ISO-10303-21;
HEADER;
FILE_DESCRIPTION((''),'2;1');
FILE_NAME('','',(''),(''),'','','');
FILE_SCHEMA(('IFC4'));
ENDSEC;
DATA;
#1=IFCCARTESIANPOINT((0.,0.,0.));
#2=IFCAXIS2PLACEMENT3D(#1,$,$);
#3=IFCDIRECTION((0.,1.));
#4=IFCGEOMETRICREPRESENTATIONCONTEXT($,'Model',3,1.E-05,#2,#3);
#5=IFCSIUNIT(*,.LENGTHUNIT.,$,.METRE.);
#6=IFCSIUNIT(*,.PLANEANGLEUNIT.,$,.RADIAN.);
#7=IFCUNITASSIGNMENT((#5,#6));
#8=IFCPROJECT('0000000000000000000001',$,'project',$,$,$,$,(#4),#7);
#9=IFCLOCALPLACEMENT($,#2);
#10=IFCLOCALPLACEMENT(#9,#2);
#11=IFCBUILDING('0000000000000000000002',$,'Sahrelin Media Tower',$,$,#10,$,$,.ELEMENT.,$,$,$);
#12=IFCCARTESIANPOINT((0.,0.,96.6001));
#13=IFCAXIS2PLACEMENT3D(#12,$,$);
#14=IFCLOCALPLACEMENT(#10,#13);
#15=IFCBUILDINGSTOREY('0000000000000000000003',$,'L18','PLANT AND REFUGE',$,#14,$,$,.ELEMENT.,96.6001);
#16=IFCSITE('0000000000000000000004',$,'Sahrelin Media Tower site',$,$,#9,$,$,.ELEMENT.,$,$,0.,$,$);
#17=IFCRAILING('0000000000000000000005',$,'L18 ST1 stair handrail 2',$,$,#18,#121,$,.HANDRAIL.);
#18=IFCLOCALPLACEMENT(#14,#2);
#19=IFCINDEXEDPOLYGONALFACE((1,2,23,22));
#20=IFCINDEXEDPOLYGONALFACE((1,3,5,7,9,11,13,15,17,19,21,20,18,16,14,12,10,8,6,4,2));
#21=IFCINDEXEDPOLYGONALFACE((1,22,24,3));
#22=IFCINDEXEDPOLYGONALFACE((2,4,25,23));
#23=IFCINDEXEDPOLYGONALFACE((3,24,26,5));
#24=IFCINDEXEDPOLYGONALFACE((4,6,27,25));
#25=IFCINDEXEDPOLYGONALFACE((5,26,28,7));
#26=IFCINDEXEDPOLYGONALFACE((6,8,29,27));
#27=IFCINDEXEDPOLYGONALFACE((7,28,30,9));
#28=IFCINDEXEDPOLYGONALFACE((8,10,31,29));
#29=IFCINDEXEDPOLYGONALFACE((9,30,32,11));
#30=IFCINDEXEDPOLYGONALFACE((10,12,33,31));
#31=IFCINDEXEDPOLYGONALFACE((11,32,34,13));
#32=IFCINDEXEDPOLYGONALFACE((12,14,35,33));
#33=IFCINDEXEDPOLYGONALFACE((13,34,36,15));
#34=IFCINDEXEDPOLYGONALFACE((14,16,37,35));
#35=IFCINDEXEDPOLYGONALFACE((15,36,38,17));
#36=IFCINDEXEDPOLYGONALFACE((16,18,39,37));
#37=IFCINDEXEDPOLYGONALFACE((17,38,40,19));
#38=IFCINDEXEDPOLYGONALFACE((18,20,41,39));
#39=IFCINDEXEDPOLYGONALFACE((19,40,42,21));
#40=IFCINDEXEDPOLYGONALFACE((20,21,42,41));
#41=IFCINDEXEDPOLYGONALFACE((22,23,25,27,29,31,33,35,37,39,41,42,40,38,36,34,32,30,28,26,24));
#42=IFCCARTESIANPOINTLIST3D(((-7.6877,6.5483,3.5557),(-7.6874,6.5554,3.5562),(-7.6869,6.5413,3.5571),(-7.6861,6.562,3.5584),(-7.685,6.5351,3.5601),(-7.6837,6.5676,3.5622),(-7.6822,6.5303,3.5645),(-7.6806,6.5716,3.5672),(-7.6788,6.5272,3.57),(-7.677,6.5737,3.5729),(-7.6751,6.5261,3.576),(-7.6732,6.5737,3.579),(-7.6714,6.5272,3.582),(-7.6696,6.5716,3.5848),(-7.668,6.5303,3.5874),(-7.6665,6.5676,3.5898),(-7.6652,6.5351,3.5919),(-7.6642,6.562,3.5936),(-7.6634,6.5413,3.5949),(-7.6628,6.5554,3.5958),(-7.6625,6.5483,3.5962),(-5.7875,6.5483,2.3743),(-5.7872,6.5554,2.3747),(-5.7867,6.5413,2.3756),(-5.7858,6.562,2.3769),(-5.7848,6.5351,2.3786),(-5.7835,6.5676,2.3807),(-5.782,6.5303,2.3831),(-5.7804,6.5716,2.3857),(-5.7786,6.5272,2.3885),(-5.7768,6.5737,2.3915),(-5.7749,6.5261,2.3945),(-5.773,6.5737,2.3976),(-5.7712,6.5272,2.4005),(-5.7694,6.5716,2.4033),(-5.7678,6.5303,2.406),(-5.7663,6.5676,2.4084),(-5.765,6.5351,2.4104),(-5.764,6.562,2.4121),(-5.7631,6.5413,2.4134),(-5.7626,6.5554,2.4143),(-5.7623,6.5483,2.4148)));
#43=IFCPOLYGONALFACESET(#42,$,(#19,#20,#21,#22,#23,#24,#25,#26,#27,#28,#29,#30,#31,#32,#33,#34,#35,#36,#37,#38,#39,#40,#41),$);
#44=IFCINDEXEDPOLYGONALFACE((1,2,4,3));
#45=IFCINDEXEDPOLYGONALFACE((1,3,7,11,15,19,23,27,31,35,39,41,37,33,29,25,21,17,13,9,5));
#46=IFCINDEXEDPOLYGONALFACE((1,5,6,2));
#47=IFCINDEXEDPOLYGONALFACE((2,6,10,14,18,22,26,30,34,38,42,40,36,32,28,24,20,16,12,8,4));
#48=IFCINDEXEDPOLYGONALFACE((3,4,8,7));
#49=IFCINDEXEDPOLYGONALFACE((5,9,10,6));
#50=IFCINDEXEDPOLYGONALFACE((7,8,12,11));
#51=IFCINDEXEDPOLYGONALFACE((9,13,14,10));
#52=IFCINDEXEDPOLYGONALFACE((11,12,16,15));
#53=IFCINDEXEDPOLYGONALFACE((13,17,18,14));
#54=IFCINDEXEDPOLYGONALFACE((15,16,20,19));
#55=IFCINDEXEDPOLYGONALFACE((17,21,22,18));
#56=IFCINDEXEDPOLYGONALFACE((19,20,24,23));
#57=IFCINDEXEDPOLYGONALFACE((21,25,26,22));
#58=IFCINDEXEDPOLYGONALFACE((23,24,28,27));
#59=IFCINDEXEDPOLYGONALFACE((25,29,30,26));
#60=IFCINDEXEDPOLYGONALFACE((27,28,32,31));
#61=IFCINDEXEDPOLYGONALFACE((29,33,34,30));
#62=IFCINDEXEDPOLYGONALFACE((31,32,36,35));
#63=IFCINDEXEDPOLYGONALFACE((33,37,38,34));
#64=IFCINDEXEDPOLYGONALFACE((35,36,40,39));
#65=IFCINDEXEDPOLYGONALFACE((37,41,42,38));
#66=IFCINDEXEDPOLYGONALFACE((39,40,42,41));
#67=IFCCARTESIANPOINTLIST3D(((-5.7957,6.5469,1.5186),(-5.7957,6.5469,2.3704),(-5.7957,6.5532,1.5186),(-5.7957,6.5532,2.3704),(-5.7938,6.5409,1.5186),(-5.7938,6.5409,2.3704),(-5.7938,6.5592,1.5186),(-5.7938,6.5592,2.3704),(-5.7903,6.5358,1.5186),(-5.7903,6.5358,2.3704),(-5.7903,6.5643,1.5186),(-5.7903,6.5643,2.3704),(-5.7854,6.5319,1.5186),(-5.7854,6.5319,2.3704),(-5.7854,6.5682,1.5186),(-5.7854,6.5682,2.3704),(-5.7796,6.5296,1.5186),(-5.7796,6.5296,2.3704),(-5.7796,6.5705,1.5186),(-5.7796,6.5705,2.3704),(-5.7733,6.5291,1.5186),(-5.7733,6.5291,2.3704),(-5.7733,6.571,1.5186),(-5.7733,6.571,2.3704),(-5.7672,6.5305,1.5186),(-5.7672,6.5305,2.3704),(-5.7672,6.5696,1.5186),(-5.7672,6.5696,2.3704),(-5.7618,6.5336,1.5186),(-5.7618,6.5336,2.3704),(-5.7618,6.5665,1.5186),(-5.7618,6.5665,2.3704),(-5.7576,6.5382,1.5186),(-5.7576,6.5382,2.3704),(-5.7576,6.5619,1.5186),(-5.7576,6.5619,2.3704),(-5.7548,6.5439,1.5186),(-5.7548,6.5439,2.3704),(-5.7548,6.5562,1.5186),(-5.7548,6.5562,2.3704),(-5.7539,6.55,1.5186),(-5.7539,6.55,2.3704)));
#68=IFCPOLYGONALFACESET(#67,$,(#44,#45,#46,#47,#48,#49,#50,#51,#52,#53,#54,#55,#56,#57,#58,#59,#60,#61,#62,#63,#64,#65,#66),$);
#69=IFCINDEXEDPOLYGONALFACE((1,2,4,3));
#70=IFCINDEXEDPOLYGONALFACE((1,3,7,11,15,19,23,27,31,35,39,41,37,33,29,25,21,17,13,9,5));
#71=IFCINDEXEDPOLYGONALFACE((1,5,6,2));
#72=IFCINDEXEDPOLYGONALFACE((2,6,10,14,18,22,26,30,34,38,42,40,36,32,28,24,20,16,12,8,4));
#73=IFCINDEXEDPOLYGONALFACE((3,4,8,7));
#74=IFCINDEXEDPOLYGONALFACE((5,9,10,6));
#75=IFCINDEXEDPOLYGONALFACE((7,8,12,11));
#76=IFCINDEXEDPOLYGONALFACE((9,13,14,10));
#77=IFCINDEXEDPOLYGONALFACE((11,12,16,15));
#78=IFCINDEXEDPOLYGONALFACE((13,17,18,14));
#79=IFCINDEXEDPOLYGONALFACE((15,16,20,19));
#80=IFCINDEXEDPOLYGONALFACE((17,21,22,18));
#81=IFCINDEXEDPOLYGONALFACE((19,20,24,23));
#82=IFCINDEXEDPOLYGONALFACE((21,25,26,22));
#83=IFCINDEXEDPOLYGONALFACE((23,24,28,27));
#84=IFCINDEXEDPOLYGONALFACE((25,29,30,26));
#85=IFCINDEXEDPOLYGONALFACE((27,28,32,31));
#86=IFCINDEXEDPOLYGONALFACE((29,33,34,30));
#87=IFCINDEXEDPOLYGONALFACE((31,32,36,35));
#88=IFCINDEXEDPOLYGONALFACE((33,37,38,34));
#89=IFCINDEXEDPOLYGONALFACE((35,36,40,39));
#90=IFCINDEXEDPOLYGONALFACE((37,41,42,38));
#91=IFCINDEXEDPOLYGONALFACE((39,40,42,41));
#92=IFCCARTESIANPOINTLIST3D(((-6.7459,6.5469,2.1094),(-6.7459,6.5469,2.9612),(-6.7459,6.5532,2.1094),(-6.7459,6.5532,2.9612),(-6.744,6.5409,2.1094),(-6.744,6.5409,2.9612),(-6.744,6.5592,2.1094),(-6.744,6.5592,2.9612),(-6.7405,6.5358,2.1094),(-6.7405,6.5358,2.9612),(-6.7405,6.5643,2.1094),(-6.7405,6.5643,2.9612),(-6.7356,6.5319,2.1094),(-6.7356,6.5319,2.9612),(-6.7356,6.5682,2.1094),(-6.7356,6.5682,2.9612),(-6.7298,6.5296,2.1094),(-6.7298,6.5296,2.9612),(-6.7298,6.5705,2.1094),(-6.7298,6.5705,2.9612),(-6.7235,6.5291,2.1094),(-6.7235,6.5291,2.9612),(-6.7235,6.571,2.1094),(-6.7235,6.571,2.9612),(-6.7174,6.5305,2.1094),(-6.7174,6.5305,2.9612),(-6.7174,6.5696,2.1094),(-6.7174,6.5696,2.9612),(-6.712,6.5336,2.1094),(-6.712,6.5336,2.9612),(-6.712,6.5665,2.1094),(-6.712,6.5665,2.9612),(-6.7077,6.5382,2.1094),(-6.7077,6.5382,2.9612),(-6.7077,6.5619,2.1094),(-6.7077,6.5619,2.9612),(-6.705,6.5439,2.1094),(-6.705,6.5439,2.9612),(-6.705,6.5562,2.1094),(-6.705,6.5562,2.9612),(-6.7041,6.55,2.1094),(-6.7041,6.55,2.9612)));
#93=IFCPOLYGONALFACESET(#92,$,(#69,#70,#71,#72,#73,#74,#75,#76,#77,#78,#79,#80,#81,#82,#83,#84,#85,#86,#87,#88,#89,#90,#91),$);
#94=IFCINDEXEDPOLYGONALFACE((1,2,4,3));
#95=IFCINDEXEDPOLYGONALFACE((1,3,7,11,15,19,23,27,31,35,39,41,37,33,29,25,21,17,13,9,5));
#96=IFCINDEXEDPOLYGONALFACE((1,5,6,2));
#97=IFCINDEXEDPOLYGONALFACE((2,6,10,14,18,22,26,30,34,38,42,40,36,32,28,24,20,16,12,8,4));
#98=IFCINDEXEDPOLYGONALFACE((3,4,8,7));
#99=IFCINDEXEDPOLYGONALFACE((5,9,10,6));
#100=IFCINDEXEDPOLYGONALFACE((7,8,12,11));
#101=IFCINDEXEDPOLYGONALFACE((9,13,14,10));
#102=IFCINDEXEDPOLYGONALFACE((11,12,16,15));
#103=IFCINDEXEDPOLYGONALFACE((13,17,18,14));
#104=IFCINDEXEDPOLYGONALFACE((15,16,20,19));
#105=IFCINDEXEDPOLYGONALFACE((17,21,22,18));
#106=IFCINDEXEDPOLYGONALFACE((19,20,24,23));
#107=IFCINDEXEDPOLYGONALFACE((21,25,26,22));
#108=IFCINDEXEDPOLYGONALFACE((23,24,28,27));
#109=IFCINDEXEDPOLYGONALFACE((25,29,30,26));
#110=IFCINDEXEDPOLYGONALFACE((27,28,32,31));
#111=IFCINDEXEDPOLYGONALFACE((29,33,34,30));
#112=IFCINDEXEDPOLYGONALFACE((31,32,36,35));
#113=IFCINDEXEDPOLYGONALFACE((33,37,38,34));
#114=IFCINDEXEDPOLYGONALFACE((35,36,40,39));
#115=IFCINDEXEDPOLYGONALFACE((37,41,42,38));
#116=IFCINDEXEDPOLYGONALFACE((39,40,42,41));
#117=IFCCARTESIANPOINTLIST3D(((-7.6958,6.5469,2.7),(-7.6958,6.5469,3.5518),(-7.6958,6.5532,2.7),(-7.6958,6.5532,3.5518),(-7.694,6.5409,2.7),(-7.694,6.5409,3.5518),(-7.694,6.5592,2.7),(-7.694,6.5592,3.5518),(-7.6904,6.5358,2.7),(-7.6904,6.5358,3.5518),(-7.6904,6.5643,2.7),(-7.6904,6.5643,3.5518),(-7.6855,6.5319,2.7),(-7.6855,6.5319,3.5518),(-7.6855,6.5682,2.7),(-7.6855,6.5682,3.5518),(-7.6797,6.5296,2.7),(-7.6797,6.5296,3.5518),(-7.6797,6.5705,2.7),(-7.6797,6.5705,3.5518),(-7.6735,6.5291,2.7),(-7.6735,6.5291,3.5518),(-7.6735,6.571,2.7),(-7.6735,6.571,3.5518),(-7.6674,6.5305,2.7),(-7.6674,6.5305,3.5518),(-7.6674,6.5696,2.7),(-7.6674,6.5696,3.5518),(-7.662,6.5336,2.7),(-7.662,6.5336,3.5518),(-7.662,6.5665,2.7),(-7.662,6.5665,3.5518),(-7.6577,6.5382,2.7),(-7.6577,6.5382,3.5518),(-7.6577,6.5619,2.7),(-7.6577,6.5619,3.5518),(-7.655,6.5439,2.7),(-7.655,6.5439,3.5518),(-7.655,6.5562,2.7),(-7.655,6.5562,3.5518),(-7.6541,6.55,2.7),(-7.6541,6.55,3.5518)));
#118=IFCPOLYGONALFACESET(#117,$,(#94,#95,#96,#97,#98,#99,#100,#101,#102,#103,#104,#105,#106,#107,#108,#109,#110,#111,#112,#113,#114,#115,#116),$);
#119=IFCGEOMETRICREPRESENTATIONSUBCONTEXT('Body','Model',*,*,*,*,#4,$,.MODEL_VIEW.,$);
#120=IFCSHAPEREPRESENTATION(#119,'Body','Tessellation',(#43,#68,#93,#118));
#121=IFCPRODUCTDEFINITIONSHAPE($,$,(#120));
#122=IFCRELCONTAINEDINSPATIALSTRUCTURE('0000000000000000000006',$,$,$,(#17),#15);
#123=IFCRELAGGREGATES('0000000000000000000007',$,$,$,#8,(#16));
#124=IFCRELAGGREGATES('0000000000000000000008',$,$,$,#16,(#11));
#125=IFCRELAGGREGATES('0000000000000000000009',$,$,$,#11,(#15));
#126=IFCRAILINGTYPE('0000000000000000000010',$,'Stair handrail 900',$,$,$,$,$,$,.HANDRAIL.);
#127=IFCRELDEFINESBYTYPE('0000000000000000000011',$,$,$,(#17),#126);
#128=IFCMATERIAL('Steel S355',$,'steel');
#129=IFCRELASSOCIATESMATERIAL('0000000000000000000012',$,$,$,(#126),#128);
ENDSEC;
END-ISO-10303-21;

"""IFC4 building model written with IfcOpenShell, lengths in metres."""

from ifc_helpers import new_model, si_unit, direction, frame, origin, origin_2d, place, context, subcontext, project, spatial, circle, extrude, material, type_object, element, save


model = new_model("IFC4")

# Units and contexts
model_context = context("Model", 3, precision=1e-05, world=origin(), true_north=direction((0.0, 1.0)))
body_context = subcontext(model_context, "Body", "Model", "MODEL_VIEW")
ifc_project = project(units=[si_unit("LENGTHUNIT", "METRE"), si_unit("PLANEANGLEUNIT", "RADIAN")], contexts=[model_context])

# Site, building, storey
site_placement = place(None, origin())
site = spatial("IfcSite", under=ifc_project, at=site_placement, Name="Sahrelin Media Tower site", CompositionType="ELEMENT", RefElevation=0.0)
building_placement = place(site_placement, origin())
building = spatial("IfcBuilding", under=site, at=building_placement, Name="Sahrelin Media Tower", CompositionType="ELEMENT")
storey_placement = place(building_placement, frame((0.0, 0.0, 96.6001)))
storey = spatial("IfcBuildingStorey", under=building, at=storey_placement, Name="L18", Description="PLANT AND REFUGE", CompositionType="ELEMENT", Elevation=96.6001)

# Railing
ifc_material_1 = material(Name="Steel S355", Category="steel")
railing_type_1 = type_object("IfcRailingType", Name="Stair handrail 900", PredefinedType="HANDRAIL", material=ifc_material_1)
railing_1_placement = place(storey_placement, frame((-5.7749, 6.55, 1.5186)))
element("IfcRailing", 1, at=railing_1_placement, inside=storey, type_object=railing_type_1, Name="L18 ST1 stair handrail 2", PredefinedType="HANDRAIL", context=body_context, shape_type="SweptSolid", body=[
    extrude(circle(Radius=0.0239, at=origin_2d()), frame((0.0, 0.0, 0.876), z_axis=(-0.84924, 0.0, 0.528006), x_axis=(0.0, -1.0, 0.0)), (0.0, 0.0, 1.0), 2.2375),
    extrude(circle(Radius=0.021, at=origin_2d()), origin(), (0.0, 0.0, 1.0), 0.8518),
    extrude(circle(Radius=0.021, at=origin_2d()), frame((-0.9502, 0.0, 0.5908)), (0.0, 0.0, 1.0), 0.8518),
    extrude(circle(Radius=0.021, at=origin_2d()), frame((-1.9001, 0.0, 1.1814)), (0.0, 0.0, 1.0), 0.8518),
])

save(model, "model.ifc")
